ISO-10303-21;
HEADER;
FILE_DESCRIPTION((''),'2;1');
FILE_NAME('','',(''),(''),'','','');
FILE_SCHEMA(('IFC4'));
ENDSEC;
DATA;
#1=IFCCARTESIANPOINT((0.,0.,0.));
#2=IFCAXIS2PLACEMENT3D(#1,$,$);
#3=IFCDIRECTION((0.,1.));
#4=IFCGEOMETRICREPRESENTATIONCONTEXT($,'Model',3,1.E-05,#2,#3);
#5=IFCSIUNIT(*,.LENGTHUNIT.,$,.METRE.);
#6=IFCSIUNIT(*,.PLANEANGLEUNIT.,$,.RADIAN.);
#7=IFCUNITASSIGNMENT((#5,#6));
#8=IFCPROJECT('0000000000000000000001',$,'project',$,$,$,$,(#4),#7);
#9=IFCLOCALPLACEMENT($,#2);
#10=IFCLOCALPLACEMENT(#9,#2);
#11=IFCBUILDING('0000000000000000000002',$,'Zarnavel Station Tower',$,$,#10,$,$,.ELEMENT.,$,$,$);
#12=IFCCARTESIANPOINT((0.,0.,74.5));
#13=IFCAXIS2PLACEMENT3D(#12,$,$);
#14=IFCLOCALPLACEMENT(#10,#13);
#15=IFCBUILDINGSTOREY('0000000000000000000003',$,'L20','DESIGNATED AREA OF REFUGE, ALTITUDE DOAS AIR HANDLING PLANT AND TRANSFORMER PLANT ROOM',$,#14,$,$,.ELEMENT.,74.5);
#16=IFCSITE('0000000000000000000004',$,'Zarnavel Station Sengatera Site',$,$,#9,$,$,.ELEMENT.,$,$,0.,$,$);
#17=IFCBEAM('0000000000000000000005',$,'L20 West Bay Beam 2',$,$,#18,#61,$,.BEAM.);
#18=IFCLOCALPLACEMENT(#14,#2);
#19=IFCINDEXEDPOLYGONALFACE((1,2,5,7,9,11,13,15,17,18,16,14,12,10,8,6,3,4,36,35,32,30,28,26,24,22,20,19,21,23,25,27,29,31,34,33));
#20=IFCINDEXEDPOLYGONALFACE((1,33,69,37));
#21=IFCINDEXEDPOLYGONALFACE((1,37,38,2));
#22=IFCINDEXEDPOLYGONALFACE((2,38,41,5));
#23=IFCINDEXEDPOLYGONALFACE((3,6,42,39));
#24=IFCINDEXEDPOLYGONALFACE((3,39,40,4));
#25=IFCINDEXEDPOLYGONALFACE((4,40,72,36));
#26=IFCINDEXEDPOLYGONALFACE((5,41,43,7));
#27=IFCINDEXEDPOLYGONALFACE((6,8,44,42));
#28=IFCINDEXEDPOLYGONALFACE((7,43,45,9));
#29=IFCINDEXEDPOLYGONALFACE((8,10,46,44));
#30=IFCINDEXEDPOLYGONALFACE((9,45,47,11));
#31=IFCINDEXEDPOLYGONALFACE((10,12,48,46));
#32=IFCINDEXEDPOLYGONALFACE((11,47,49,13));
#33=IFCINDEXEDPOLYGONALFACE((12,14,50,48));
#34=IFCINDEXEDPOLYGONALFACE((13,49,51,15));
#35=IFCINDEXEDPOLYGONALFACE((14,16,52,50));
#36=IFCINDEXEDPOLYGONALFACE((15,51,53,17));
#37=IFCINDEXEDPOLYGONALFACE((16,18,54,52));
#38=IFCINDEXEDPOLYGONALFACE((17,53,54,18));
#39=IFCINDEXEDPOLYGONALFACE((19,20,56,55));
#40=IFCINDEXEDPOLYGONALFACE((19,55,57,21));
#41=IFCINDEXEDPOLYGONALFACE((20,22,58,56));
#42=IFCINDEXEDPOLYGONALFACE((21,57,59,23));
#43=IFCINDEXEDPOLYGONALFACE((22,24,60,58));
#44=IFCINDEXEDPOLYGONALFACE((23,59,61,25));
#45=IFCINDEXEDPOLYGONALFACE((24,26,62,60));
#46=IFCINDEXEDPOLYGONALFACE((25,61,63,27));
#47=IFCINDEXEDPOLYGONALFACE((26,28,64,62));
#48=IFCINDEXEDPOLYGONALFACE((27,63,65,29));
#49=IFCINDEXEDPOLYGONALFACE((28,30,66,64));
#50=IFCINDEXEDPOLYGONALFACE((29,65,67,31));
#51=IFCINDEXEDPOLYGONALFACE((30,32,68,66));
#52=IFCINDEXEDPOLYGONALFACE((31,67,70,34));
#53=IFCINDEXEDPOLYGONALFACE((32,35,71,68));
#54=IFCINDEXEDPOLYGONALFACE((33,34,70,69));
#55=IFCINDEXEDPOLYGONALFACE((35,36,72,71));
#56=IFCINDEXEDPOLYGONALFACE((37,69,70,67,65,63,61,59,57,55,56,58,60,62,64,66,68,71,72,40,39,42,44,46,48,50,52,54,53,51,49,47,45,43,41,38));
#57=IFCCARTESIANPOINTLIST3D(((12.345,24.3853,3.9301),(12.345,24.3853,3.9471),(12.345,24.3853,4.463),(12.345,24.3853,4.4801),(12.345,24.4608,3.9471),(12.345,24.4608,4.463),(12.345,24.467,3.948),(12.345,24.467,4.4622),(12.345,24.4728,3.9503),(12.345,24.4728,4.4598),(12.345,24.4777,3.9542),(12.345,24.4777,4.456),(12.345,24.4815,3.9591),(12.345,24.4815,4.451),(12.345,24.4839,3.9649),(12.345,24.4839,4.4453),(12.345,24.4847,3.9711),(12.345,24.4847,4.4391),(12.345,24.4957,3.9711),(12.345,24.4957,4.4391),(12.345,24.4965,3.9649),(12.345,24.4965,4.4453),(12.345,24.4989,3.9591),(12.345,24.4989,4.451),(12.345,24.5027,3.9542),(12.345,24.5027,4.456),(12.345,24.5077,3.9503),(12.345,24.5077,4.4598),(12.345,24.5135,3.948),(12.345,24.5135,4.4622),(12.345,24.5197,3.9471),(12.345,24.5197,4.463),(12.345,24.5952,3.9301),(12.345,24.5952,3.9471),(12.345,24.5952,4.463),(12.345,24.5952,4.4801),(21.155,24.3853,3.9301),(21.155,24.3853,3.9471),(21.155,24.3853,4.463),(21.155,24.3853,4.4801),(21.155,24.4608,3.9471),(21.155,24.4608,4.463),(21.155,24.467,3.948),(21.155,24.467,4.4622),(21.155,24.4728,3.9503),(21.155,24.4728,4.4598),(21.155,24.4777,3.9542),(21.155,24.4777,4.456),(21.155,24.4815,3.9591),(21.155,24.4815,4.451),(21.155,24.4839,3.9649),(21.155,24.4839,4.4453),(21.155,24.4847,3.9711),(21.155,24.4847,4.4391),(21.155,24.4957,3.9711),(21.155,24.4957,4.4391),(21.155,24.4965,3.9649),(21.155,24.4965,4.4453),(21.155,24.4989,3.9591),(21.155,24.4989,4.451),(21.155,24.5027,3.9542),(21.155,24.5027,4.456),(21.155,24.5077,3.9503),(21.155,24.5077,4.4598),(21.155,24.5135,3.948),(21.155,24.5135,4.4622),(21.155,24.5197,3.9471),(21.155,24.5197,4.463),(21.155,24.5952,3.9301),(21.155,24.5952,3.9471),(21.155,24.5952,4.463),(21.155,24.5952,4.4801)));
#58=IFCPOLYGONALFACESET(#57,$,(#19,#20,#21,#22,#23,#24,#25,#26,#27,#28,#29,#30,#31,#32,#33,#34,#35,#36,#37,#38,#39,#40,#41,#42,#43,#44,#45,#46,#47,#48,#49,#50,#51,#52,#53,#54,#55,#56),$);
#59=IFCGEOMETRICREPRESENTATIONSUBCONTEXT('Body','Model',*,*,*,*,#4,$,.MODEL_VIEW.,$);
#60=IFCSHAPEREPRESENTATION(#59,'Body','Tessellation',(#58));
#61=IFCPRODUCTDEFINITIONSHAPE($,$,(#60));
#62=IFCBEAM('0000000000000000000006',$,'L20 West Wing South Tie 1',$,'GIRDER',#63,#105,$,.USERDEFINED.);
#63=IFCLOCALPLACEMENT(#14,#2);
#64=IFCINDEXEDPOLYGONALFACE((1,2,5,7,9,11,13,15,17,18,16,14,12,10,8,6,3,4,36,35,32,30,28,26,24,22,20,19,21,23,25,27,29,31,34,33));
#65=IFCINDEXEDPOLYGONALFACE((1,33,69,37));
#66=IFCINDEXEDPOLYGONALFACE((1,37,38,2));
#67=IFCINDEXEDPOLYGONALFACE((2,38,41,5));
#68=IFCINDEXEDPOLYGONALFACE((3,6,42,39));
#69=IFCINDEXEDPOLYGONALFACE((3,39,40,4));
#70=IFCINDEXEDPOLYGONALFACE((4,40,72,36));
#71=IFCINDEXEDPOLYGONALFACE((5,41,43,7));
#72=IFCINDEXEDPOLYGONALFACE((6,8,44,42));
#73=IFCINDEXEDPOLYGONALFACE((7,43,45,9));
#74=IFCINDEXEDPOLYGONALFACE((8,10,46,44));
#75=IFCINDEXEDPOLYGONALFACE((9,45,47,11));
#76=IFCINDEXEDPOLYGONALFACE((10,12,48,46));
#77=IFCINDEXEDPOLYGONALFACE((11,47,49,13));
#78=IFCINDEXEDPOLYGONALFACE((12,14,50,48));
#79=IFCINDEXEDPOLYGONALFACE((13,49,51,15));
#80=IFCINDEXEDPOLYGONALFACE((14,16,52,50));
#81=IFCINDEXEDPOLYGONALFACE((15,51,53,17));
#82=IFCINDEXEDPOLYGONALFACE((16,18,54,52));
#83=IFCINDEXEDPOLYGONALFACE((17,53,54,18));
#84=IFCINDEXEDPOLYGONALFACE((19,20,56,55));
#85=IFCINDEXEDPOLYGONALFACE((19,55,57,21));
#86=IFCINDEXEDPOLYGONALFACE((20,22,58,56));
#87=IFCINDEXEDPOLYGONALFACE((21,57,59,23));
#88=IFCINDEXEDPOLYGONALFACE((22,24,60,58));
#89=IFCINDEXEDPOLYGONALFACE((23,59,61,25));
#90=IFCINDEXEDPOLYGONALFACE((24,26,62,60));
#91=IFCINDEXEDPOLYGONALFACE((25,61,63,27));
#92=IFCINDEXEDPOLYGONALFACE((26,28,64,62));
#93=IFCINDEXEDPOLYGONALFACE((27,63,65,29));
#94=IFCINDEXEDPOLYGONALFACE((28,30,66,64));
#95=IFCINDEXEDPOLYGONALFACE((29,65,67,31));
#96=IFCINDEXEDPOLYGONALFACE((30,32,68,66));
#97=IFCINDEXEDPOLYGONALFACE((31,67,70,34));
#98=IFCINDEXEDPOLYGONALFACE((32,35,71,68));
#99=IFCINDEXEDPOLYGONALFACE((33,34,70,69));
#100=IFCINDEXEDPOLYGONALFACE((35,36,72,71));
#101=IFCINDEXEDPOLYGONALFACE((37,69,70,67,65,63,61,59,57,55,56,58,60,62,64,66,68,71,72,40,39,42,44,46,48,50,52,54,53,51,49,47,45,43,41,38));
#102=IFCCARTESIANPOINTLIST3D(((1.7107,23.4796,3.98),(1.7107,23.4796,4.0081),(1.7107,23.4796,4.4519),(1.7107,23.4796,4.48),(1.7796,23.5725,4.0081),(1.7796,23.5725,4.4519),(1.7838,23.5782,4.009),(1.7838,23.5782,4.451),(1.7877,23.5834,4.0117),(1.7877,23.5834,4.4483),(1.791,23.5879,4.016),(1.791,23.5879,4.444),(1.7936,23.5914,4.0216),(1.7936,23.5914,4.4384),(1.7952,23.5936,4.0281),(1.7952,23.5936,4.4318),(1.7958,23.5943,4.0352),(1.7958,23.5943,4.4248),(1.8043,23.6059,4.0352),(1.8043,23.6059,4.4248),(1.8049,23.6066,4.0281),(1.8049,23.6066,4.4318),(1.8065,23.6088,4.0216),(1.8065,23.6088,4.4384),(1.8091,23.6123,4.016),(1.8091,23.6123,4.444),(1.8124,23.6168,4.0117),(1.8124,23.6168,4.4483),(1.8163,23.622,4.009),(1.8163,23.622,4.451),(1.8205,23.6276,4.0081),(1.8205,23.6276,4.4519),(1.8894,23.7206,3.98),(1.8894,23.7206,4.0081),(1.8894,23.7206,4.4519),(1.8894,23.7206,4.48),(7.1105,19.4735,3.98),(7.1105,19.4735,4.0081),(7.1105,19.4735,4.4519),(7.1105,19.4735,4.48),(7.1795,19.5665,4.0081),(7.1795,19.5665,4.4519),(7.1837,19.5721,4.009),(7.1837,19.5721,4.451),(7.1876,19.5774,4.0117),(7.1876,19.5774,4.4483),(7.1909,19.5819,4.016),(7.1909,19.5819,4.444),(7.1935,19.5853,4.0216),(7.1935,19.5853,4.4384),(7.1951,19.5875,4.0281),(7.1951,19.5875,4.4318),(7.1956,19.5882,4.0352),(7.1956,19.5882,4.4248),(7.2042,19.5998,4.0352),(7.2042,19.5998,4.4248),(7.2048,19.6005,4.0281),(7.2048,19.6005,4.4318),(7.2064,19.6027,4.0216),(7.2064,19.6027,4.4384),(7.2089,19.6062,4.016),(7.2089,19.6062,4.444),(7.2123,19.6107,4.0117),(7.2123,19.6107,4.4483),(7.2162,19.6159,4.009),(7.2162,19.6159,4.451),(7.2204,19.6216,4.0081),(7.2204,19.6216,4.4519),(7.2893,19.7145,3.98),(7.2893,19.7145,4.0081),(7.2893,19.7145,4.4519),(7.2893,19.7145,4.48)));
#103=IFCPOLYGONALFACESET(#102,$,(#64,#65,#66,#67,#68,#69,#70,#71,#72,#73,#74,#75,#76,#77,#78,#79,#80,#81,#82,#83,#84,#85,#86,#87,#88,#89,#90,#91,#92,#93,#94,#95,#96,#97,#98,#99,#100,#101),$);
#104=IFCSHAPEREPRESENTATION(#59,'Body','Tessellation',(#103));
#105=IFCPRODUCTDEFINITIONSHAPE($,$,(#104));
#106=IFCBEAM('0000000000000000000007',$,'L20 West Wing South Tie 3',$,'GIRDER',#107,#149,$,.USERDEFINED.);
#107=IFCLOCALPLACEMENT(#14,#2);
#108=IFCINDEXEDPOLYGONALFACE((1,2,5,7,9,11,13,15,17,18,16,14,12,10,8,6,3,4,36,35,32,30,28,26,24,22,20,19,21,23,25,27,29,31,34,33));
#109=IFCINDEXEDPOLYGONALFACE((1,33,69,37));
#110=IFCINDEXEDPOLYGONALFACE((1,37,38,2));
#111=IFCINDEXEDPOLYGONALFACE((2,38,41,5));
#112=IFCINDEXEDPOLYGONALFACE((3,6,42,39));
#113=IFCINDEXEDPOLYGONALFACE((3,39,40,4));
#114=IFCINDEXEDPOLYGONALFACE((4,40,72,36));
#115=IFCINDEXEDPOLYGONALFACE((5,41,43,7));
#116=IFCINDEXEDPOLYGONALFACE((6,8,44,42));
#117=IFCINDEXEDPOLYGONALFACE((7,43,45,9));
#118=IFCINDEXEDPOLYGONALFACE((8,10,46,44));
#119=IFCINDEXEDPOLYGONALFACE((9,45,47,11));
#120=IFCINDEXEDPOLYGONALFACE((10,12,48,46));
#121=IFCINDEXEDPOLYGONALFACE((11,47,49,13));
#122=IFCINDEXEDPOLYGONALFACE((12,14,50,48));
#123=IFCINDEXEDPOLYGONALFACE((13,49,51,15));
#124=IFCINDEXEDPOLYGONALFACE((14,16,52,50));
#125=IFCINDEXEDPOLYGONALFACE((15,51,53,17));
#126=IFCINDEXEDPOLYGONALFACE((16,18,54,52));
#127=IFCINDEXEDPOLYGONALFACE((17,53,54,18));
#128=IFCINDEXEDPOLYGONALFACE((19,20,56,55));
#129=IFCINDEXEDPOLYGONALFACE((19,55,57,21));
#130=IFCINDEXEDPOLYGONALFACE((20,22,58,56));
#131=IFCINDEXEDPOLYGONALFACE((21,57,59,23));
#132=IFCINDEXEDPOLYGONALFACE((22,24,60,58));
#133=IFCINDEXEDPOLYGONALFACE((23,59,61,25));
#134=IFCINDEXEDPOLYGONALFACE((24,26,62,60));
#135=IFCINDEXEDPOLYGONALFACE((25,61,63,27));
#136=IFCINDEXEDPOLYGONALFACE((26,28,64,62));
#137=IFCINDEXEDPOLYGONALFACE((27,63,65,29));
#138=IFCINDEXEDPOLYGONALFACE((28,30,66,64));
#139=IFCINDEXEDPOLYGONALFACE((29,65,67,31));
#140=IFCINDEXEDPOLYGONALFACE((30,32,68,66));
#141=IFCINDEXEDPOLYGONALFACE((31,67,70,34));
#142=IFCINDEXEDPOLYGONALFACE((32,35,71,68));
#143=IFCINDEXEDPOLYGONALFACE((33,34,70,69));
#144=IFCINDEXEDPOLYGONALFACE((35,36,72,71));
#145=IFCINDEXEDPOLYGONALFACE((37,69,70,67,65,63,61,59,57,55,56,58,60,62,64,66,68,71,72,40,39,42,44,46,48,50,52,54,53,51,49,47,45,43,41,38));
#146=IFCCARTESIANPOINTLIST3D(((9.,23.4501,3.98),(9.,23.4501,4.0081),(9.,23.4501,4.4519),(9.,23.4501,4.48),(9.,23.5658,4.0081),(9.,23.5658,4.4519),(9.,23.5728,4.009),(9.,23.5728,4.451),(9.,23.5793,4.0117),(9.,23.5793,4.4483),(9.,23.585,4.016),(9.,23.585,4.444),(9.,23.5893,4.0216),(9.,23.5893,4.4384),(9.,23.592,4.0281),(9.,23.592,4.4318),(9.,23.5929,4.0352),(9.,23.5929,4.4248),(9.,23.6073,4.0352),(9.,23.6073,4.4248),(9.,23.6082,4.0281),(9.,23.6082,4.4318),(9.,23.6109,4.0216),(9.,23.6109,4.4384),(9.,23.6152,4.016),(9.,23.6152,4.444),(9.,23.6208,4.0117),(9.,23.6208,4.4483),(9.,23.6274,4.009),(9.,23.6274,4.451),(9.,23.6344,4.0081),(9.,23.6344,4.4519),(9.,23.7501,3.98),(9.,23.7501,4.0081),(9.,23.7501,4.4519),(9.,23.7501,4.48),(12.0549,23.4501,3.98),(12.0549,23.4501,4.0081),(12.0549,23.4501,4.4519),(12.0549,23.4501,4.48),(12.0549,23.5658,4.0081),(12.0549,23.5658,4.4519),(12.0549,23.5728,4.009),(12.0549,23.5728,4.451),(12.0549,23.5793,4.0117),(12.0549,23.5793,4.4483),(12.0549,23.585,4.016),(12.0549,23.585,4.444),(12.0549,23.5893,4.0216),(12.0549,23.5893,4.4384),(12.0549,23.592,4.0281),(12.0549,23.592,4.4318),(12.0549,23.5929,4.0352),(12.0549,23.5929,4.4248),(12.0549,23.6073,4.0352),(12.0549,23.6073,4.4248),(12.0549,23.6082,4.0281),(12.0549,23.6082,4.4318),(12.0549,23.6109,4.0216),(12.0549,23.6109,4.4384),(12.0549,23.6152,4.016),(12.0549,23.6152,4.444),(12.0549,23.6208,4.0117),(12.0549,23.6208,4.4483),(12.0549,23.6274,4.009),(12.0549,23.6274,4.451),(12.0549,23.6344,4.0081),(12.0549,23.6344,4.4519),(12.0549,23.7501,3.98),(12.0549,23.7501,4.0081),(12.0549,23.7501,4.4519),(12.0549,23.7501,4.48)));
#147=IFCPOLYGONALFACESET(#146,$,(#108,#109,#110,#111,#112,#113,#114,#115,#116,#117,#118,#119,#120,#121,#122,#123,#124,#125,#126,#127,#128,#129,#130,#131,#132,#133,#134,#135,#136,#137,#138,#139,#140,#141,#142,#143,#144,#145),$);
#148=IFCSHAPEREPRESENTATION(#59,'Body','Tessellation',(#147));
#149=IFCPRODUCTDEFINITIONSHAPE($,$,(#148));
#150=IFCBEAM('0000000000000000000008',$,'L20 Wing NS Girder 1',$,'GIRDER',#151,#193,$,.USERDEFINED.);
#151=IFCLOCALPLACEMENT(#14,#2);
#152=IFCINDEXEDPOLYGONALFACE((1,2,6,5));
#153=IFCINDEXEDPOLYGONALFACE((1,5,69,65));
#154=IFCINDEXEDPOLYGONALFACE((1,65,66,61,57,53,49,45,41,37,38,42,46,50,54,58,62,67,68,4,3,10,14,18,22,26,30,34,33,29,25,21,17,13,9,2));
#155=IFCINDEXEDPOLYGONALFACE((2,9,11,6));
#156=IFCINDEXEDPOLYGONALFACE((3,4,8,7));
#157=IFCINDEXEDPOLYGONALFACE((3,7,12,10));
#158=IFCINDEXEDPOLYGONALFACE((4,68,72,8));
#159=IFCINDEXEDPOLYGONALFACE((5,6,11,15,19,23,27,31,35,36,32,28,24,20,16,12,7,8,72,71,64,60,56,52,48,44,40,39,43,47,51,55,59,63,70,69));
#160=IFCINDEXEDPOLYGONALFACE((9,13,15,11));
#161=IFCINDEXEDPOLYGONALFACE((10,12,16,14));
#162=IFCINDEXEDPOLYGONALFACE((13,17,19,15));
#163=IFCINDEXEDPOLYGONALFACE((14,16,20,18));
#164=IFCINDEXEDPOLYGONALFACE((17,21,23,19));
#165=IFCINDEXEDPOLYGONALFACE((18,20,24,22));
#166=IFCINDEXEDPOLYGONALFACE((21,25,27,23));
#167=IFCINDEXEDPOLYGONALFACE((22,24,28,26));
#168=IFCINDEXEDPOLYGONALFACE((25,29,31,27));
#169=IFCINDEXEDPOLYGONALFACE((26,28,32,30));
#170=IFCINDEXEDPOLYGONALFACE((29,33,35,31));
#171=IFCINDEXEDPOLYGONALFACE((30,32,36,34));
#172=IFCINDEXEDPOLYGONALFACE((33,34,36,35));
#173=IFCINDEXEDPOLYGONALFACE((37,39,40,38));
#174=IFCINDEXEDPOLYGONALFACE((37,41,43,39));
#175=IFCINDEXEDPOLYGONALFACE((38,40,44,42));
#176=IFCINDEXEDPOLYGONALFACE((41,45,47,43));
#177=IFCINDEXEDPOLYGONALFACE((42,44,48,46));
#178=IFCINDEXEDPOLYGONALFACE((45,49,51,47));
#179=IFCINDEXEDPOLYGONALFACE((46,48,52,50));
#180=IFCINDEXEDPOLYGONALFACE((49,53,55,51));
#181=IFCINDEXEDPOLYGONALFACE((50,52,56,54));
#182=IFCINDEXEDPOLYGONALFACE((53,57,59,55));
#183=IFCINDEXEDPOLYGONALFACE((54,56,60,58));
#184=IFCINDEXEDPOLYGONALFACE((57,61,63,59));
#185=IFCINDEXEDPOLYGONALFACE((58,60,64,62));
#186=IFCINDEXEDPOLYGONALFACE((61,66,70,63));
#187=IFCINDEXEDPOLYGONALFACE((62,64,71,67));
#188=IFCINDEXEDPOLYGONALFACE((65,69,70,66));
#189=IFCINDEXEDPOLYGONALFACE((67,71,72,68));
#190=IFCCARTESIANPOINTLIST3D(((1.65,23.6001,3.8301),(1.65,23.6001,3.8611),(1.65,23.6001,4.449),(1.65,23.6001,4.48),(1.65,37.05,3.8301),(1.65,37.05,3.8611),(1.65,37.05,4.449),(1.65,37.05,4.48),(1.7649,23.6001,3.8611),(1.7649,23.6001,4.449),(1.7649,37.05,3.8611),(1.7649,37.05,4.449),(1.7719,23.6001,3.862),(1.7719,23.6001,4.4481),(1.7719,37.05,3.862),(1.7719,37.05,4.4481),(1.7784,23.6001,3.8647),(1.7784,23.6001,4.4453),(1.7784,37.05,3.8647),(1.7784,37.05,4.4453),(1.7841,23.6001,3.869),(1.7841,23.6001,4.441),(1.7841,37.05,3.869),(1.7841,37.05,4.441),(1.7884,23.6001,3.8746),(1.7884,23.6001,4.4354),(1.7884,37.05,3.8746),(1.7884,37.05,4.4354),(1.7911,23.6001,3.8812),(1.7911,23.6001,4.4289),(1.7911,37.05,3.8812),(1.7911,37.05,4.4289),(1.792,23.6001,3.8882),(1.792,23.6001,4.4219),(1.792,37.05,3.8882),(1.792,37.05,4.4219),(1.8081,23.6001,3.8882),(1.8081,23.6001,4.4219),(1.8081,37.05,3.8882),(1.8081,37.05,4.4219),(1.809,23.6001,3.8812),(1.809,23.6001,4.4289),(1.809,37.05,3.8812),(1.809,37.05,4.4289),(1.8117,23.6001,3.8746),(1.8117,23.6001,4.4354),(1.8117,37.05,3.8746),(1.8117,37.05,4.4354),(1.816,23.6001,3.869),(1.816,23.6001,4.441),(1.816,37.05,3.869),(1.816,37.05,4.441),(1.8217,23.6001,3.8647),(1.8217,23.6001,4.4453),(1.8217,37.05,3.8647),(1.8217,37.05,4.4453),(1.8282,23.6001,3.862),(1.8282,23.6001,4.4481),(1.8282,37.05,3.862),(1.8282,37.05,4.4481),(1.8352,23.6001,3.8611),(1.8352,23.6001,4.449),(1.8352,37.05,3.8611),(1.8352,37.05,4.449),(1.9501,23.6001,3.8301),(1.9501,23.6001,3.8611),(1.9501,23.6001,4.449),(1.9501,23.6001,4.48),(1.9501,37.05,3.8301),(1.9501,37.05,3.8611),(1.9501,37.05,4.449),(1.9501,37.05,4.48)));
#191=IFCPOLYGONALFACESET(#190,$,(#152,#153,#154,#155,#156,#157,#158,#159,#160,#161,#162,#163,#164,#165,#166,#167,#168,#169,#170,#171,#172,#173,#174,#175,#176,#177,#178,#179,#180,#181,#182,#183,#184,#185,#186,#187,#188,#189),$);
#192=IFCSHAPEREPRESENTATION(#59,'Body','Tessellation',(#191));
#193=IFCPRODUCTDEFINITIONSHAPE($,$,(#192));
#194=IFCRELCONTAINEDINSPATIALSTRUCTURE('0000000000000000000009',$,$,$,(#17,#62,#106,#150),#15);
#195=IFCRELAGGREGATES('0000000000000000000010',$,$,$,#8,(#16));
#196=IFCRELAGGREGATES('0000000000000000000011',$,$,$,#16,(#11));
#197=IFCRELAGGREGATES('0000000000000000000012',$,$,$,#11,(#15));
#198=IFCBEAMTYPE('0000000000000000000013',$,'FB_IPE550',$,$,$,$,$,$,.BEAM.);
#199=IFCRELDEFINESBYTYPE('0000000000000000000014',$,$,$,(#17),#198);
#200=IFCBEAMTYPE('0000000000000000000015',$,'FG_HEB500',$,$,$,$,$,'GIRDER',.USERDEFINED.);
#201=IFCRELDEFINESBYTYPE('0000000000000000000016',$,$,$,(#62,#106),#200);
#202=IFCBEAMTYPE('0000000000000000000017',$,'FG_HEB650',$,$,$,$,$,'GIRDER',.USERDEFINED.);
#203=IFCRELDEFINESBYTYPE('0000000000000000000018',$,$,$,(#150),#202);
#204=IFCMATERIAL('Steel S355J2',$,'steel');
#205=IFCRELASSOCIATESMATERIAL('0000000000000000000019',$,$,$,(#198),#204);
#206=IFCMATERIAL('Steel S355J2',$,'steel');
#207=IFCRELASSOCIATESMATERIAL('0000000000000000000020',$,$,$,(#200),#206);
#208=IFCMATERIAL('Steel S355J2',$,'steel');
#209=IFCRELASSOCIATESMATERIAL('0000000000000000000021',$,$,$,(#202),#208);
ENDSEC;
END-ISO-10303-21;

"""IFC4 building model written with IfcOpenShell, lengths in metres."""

from ifc_helpers import new_model, si_unit, direction, frame, origin, origin_2d, place, context, subcontext, project, spatial, i_section, extrude, material, material_profile, profile_set, type_object, element, save


model = new_model("IFC4")

# Units and contexts
model_context = context("Model", 3, precision=1e-05, world=origin(), true_north=direction((0.0, 1.0)))
body_context = subcontext(model_context, "Body", "Model", "MODEL_VIEW")
ifc_project = project(units=[si_unit("LENGTHUNIT", "METRE"), si_unit("PLANEANGLEUNIT", "RADIAN")], contexts=[model_context])

# Site, building, storey
site_placement = place(None, origin())
site = spatial("IfcSite", under=ifc_project, at=site_placement, Name="Zarnavel Station Sengatera Site", CompositionType="ELEMENT", RefElevation=0.0)
building_placement = place(site_placement, origin())
building = spatial("IfcBuilding", under=site, at=building_placement, Name="Zarnavel Station Tower", CompositionType="ELEMENT")
storey_placement = place(building_placement, frame((0.0, 0.0, 74.5)))
storey = spatial("IfcBuildingStorey", under=building, at=storey_placement, Name="L20", Description="DESIGNATED AREA OF REFUGE, ALTITUDE DOAS AIR HANDLING PLANT AND TRANSFORMER PLANT ROOM", CompositionType="ELEMENT", Elevation=74.5)

# Beams
ifc_material_1 = material(Name="Steel S355J2", Category="steel")
ifc_material_profile_1 = material_profile(ifc_material_1, i_section(OverallWidth=0.21, OverallDepth=0.55, WebThickness=0.011, FlangeThickness=0.0171, FilletRadius=0.0239, at=origin_2d()), Name="IPE550")
ifc_profile_set_1 = profile_set([ifc_material_profile_1], Name="Steel S355J2")
beam_type_1 = type_object("IfcBeamType", Name="FB_IPE550", PredefinedType="BEAM", material=ifc_profile_set_1)
beam_1_placement = place(storey_placement, frame((12.345, 24.4902, 4.2051), z_axis=(1.0, 0.0, 0.0), x_axis=(0.0, 1.0, 0.0)))
element("IfcBeam", 1, at=beam_1_placement, inside=storey, type_object=beam_type_1, Name="L20 West Bay Beam 2", PredefinedType="BEAM", context=body_context, shape_type="SweptSolid", body=[
    extrude(i_section(OverallWidth=0.21, OverallDepth=0.55, WebThickness=0.011, FlangeThickness=0.0171, FilletRadius=0.0239, at=origin_2d()), origin(), (0.0, 0.0, 1.0), 8.8101),
])
ifc_material_2 = material(Name="Steel S355J2", Category="steel")
ifc_material_profile_2 = material_profile(ifc_material_2, i_section(OverallWidth=0.3, OverallDepth=0.5, WebThickness=0.0144, FlangeThickness=0.0281, FilletRadius=0.0271, at=origin_2d()), Name="HEB500")
ifc_profile_set_2 = profile_set([ifc_material_profile_2], Name="Steel S355J2")
beam_type_2 = type_object("IfcBeamType", Name="FG_HEB500", ElementType="GIRDER", PredefinedType="USERDEFINED", material=ifc_profile_set_2)
beam_2_placement = place(storey_placement, frame((1.8, 23.6001, 4.23), z_axis=(0.803118, -0.59582, 0.0), x_axis=(0.59582, 0.803118, 0.0)))
element("IfcBeam", 2, at=beam_2_placement, inside=storey, type_object=beam_type_2, Name="L20 West Wing South Tie 1", ObjectType="GIRDER", PredefinedType="USERDEFINED", context=body_context, shape_type="SweptSolid", body=[
    extrude(i_section(OverallWidth=0.3, OverallDepth=0.5, WebThickness=0.0144, FlangeThickness=0.0281, FilletRadius=0.0271, at=origin_2d()), origin(), (0.0, 0.0, 1.0), 6.7236),
])
beam_3_placement = place(storey_placement, frame((9.0, 23.6001, 4.23), z_axis=(1.0, 0.0, 0.0), x_axis=(0.0, 1.0, 0.0)))
element("IfcBeam", 3, at=beam_3_placement, inside=storey, type_object=beam_type_2, Name="L20 West Wing South Tie 3", ObjectType="GIRDER", PredefinedType="USERDEFINED", context=body_context, shape_type="SweptSolid", body=[
    extrude(i_section(OverallWidth=0.3, OverallDepth=0.5, WebThickness=0.0144, FlangeThickness=0.0281, FilletRadius=0.0271, at=origin_2d()), origin(), (0.0, 0.0, 1.0), 3.0549),
])
ifc_material_3 = material(Name="Steel S355J2", Category="steel")
ifc_material_profile_3 = material_profile(ifc_material_3, i_section(OverallWidth=0.3, OverallDepth=0.6499, WebThickness=0.0161, FlangeThickness=0.031, FilletRadius=0.0271, at=origin_2d()), Name="HEB650")
ifc_profile_set_3 = profile_set([ifc_material_profile_3], Name="Steel S355J2")
beam_type_3 = type_object("IfcBeamType", Name="FG_HEB650", ElementType="GIRDER", PredefinedType="USERDEFINED", material=ifc_profile_set_3)
beam_4_placement = place(storey_placement, frame((1.8, 23.6001, 4.155), z_axis=(0.0, 1.0, 0.0), x_axis=(-1.0, 0.0, 0.0)))
element("IfcBeam", 4, at=beam_4_placement, inside=storey, type_object=beam_type_3, Name="L20 Wing NS Girder 1", ObjectType="GIRDER", PredefinedType="USERDEFINED", context=body_context, shape_type="SweptSolid", body=[
    extrude(i_section(OverallWidth=0.3, OverallDepth=0.6499, WebThickness=0.0161, FlangeThickness=0.031, FilletRadius=0.0271, at=origin_2d()), origin(), (0.0, 0.0, 1.0), 13.45),
])

save(model, "model.ifc")
